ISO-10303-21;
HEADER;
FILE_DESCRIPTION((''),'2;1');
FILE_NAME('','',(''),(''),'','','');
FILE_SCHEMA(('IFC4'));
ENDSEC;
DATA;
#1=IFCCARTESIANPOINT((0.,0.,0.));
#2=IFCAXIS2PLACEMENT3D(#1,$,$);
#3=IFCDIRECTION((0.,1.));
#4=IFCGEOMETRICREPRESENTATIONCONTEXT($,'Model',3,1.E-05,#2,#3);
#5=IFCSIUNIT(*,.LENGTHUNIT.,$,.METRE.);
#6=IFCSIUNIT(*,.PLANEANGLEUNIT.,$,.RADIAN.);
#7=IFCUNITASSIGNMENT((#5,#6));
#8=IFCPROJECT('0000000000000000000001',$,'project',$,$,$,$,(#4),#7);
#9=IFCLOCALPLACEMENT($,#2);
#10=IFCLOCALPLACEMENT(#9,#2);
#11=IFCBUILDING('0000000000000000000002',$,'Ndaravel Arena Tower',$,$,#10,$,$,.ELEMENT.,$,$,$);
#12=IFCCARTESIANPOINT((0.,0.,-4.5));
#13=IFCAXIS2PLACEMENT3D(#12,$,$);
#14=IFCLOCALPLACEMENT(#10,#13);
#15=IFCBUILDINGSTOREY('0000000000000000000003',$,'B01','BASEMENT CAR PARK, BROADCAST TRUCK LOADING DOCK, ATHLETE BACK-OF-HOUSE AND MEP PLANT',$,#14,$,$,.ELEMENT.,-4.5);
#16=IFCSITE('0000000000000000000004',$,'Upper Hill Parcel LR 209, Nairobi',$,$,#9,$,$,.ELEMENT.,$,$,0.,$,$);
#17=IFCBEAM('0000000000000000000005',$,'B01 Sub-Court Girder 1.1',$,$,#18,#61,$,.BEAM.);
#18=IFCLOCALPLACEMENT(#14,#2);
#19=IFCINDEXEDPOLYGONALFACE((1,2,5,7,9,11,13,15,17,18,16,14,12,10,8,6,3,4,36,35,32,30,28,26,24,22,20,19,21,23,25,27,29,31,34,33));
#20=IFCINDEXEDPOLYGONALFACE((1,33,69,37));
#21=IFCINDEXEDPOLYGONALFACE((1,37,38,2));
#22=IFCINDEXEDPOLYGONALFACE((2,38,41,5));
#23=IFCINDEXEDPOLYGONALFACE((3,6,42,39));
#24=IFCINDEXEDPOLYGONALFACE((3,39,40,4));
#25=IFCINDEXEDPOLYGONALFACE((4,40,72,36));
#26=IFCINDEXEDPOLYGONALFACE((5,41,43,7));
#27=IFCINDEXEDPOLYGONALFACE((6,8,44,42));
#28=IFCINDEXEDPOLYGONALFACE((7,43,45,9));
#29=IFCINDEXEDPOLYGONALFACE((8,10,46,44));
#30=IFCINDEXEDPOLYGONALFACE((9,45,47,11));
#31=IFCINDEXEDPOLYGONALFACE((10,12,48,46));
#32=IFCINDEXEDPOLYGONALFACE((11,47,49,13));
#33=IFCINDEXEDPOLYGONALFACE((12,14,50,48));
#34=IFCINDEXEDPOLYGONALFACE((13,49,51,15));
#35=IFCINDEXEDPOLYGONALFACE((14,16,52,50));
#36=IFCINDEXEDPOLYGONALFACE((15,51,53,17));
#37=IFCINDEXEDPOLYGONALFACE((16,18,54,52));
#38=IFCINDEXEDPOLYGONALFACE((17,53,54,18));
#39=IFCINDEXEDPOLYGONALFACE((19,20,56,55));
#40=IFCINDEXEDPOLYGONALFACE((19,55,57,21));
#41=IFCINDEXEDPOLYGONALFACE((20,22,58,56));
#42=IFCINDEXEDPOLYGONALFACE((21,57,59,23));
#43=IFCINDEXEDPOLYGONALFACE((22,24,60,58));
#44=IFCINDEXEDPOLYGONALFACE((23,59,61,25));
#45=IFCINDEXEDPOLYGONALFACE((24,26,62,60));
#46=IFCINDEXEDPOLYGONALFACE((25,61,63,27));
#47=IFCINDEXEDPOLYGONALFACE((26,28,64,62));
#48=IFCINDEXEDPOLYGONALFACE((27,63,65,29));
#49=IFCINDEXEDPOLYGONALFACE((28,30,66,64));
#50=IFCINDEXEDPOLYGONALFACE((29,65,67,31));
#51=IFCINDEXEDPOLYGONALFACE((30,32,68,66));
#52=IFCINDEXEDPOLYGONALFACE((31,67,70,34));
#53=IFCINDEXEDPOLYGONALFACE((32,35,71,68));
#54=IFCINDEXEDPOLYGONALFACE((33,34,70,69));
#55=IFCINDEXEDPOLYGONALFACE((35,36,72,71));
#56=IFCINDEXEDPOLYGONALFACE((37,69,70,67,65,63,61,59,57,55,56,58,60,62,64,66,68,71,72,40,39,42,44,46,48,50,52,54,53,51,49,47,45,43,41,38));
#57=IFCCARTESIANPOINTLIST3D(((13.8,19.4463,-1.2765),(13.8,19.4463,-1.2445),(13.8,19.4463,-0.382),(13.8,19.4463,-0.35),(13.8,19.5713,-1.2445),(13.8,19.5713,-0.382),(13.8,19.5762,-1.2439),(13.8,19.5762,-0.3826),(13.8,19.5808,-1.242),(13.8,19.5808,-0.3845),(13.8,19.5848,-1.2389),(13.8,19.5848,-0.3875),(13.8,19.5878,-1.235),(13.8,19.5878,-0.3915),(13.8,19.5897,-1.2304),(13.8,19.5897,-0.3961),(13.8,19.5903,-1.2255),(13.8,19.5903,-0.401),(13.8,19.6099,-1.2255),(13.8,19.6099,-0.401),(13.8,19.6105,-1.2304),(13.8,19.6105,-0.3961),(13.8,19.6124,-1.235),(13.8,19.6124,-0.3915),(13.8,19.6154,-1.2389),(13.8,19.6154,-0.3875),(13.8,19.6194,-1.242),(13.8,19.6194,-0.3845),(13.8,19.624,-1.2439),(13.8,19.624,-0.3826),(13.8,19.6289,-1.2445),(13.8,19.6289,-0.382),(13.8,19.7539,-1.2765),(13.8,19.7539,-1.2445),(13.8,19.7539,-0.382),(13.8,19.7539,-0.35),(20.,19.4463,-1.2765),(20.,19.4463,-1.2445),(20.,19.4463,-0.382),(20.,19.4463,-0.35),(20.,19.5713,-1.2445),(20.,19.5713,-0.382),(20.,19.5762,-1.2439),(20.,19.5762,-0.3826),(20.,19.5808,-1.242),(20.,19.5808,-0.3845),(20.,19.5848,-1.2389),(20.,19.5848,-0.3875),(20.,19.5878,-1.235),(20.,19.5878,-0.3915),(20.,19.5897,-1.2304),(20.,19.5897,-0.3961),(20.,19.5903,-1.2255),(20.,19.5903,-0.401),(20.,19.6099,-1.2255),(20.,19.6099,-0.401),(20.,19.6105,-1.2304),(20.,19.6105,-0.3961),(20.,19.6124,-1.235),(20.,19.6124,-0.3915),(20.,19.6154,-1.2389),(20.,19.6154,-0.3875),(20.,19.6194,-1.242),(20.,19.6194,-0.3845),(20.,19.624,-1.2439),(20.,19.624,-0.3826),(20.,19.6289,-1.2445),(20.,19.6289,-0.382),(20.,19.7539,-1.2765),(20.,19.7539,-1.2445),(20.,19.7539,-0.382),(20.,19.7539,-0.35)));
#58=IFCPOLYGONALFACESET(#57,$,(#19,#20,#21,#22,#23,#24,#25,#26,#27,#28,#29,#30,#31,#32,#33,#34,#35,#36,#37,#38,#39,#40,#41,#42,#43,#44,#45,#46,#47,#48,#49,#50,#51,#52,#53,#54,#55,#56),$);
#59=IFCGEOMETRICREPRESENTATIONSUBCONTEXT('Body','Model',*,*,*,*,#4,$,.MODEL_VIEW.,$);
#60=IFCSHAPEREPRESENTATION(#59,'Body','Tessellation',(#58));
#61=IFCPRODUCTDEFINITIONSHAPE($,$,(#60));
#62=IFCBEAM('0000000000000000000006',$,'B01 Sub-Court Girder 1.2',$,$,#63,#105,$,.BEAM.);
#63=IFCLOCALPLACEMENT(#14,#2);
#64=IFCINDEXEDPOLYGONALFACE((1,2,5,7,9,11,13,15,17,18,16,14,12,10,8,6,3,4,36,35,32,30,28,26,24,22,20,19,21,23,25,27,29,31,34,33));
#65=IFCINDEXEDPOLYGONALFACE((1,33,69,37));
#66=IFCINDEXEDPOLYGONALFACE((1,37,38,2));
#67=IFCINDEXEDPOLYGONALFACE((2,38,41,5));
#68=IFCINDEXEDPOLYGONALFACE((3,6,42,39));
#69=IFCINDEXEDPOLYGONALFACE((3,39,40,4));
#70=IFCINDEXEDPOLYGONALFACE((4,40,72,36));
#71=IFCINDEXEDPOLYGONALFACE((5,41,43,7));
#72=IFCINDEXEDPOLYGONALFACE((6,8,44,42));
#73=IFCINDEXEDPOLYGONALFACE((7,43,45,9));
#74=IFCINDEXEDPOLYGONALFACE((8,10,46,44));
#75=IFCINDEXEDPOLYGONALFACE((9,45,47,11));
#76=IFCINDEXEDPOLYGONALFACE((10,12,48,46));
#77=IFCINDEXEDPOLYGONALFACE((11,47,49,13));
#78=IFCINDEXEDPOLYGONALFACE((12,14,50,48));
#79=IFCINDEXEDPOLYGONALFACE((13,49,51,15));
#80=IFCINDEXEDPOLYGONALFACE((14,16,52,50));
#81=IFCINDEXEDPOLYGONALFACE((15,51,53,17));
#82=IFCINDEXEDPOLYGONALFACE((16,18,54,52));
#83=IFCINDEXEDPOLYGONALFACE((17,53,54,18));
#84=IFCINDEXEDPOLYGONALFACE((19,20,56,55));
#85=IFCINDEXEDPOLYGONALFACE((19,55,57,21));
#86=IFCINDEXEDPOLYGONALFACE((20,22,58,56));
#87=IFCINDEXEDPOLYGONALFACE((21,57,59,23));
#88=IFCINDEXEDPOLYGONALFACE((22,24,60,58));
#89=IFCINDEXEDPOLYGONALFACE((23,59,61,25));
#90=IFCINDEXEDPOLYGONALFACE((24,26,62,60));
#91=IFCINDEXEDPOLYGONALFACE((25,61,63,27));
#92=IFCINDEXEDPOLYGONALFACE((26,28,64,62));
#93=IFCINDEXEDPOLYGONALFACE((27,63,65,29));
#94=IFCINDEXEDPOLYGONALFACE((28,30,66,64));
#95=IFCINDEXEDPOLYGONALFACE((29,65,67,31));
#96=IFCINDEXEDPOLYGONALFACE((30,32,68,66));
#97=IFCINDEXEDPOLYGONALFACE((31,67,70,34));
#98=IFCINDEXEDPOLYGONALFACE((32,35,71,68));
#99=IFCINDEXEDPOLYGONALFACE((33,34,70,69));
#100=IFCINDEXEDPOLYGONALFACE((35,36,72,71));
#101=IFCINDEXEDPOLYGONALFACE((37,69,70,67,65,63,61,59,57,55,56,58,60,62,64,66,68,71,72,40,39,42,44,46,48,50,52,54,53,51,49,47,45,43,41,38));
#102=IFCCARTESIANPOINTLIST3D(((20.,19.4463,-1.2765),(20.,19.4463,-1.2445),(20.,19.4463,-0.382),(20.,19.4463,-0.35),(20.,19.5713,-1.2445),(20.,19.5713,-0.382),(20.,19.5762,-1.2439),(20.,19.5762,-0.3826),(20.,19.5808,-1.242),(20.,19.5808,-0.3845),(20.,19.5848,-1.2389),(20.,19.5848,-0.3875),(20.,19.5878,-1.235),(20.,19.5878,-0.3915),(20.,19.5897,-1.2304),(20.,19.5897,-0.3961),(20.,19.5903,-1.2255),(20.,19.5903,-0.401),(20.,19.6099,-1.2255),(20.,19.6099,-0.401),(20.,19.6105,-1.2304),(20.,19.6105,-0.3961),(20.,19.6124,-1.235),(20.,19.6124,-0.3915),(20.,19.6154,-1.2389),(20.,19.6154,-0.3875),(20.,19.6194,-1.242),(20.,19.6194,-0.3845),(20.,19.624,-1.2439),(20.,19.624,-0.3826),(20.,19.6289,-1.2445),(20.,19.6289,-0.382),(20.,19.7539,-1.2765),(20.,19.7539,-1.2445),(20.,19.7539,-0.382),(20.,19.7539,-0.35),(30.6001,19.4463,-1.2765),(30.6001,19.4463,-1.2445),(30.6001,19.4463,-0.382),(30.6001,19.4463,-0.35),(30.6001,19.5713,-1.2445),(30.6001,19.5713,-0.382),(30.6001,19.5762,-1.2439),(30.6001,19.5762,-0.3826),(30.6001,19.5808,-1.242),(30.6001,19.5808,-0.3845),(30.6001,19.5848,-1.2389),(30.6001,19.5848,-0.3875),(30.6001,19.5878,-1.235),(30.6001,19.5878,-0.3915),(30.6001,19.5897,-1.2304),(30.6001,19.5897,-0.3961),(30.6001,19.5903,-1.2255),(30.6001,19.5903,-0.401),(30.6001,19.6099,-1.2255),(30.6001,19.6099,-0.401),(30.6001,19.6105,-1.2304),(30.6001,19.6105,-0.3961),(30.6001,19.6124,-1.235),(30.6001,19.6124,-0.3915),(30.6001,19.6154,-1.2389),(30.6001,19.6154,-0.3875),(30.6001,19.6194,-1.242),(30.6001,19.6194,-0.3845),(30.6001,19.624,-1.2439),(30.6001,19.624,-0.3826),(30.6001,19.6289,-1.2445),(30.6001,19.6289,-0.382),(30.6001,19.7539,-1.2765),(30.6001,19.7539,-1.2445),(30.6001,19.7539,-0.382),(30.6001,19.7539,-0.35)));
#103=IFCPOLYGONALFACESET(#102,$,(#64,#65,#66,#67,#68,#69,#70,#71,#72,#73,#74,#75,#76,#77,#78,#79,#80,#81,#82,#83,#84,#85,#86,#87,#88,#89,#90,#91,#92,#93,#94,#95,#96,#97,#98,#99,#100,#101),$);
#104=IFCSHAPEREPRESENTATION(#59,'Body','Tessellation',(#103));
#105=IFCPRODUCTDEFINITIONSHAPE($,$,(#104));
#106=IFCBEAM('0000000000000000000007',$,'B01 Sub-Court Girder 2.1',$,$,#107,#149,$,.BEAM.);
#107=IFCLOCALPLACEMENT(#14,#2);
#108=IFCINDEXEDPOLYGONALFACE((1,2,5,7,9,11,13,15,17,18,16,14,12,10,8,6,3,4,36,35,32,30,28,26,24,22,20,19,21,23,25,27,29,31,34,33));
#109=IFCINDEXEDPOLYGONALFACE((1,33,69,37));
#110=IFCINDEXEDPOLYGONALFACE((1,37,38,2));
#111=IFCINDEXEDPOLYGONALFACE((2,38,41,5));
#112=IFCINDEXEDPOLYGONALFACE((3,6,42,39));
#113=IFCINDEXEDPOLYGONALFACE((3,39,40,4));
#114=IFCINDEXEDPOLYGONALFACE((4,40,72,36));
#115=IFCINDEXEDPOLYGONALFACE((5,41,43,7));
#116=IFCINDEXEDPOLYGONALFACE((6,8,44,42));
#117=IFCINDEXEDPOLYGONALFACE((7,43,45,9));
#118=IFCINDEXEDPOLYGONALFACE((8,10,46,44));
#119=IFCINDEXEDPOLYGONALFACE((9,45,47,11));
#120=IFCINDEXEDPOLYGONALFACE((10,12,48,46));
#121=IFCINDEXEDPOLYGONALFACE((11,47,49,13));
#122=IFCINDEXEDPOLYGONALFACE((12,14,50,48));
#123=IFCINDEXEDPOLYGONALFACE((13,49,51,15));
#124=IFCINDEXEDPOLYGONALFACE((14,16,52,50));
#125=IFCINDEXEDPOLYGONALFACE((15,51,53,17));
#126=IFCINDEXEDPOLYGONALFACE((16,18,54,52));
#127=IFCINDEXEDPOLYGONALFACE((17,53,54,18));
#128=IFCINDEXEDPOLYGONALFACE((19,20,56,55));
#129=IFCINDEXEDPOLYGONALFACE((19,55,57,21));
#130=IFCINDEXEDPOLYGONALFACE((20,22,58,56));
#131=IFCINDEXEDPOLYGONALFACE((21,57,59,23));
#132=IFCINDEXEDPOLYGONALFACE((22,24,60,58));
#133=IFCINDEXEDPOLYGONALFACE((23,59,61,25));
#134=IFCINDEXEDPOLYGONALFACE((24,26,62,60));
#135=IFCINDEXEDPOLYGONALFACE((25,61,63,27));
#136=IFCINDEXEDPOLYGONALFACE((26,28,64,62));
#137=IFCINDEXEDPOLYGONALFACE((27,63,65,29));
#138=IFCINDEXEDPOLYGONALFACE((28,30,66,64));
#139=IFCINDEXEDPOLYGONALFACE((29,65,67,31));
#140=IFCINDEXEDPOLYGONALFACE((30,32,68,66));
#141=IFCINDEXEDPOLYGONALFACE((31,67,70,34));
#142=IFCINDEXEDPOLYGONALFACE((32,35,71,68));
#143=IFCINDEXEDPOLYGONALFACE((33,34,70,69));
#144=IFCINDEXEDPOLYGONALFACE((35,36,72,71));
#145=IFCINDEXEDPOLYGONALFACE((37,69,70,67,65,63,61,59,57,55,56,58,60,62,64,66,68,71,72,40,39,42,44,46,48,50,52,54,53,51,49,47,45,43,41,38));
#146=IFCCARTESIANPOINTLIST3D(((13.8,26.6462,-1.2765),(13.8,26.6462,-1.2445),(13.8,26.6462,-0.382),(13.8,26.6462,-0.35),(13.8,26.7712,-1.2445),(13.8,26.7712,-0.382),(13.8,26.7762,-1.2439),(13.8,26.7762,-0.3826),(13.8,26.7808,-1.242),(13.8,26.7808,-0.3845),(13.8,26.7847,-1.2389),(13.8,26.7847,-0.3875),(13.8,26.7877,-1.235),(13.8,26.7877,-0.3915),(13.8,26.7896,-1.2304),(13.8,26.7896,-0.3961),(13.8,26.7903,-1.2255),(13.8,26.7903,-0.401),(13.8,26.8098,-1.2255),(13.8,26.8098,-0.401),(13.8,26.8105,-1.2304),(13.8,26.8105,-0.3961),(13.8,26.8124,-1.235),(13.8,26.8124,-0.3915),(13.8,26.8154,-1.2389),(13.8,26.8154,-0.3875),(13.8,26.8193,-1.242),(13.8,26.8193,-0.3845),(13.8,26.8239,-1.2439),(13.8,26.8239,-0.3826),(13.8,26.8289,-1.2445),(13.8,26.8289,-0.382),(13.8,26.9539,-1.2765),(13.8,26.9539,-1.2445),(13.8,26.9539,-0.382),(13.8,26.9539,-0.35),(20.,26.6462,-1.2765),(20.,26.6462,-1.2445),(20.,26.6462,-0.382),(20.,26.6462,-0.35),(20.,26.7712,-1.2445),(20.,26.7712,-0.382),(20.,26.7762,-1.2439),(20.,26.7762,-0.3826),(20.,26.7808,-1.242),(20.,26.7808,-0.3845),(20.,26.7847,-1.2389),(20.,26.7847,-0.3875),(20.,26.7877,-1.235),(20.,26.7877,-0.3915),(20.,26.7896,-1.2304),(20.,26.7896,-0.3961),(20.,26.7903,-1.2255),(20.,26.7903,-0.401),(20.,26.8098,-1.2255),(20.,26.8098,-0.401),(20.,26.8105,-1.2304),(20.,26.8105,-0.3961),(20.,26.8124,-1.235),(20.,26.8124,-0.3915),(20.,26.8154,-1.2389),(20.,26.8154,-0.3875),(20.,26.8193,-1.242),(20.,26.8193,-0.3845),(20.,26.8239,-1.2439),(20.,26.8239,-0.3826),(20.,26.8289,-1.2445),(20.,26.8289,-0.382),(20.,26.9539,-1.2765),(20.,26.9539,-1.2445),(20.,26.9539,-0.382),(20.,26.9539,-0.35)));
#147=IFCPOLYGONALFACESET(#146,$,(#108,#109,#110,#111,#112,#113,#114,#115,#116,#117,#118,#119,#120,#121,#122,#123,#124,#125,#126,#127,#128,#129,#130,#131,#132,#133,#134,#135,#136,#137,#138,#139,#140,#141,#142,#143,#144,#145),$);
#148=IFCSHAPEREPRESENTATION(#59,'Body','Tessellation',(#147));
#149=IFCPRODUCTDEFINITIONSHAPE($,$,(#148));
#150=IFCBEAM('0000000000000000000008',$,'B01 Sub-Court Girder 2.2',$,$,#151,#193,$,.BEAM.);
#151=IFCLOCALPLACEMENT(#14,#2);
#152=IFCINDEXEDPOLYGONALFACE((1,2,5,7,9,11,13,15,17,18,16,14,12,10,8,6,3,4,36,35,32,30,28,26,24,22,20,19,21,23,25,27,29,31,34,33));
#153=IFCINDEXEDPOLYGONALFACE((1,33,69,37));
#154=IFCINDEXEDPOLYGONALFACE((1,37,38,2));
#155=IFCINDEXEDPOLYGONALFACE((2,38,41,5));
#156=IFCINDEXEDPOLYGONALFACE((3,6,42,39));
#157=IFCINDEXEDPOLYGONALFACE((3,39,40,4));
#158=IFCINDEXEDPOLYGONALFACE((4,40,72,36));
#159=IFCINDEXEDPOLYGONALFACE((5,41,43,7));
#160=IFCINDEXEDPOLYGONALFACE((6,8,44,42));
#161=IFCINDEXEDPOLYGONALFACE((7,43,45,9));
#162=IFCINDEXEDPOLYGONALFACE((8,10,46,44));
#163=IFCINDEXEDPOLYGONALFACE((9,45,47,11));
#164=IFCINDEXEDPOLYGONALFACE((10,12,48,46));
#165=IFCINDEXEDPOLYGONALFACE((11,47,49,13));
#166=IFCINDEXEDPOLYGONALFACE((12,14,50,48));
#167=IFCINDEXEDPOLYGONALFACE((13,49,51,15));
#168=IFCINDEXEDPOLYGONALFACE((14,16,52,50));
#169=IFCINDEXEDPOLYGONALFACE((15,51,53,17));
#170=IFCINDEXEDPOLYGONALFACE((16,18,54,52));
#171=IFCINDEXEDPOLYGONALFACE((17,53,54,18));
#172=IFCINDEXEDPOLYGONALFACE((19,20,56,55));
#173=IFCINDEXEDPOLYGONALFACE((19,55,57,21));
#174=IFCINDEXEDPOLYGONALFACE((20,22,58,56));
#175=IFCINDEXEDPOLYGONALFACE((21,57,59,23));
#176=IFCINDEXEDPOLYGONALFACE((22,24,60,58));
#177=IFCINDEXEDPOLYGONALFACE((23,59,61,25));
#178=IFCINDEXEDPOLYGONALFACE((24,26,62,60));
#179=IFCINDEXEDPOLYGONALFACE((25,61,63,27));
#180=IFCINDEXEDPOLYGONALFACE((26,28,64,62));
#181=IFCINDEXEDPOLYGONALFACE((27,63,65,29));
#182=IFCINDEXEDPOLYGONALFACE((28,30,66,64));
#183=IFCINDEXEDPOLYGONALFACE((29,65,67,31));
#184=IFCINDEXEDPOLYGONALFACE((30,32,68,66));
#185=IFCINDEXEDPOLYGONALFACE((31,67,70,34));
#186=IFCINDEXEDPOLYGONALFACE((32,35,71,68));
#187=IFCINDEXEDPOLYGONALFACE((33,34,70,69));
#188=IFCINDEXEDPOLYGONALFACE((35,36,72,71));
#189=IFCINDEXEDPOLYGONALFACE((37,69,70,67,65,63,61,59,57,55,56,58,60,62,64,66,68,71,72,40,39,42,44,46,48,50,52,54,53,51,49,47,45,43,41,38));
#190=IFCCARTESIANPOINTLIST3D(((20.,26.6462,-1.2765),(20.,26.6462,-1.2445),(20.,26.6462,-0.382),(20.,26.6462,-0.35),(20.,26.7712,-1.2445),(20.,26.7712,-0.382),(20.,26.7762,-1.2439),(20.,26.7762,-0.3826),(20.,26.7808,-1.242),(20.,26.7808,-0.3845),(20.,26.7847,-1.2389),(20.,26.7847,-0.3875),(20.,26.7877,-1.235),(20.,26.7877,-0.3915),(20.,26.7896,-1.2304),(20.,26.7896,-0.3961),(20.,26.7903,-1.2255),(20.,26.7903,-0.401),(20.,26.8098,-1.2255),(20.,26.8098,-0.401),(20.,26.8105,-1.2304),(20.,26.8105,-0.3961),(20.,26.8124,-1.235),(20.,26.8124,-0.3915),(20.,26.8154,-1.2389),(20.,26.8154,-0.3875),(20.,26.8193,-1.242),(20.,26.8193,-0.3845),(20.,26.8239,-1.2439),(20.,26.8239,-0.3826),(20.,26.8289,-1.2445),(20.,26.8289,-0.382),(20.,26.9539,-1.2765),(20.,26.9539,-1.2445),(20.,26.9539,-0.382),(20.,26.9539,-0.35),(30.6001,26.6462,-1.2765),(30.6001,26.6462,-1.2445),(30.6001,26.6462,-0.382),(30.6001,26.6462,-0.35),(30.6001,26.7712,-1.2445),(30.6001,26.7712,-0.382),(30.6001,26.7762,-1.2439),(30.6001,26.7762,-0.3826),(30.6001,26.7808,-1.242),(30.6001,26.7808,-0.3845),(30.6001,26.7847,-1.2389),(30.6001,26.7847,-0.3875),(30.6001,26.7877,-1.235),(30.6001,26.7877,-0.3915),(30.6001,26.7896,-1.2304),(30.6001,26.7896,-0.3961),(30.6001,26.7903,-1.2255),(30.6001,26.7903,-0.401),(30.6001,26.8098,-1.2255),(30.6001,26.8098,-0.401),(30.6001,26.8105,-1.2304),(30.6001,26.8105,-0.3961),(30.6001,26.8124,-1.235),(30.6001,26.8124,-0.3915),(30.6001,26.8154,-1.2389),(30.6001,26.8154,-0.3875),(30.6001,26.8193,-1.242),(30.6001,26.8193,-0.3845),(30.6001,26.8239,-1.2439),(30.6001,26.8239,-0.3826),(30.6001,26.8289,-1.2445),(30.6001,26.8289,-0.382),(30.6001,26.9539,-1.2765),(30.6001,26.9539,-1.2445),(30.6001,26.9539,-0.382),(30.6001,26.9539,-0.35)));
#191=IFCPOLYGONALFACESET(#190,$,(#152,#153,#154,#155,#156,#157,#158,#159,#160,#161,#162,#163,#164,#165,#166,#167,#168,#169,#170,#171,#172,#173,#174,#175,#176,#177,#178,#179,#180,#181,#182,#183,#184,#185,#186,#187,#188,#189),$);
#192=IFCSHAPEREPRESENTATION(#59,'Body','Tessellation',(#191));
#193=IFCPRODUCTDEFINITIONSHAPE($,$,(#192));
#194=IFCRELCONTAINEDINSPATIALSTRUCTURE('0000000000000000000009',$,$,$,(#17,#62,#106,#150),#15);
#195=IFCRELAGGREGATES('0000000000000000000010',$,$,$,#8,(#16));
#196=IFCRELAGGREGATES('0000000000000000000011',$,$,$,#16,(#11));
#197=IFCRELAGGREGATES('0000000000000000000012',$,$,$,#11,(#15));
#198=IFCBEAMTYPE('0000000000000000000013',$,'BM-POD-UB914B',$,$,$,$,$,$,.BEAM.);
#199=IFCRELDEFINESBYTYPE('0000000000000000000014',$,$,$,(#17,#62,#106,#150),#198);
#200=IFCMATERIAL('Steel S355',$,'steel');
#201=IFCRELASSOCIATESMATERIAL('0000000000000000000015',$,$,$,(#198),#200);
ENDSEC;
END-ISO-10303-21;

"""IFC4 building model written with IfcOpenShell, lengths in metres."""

from ifc_helpers import new_model, si_unit, direction, frame, origin, origin_2d, place, context, subcontext, project, spatial, i_section, extrude, material, material_profile, profile_set, type_object, element, save


model = new_model("IFC4")

# Units and contexts
model_context = context("Model", 3, precision=1e-05, world=origin(), true_north=direction((0.0, 1.0)))
body_context = subcontext(model_context, "Body", "Model", "MODEL_VIEW")
ifc_project = project(units=[si_unit("LENGTHUNIT", "METRE"), si_unit("PLANEANGLEUNIT", "RADIAN")], contexts=[model_context])

# Site, building, storey
site_placement = place(None, origin())
site = spatial("IfcSite", under=ifc_project, at=site_placement, Name="Upper Hill Parcel LR 209, Nairobi", CompositionType="ELEMENT", RefElevation=0.0)
building_placement = place(site_placement, origin())
building = spatial("IfcBuilding", under=site, at=building_placement, Name="Ndaravel Arena Tower", CompositionType="ELEMENT")
storey_placement = place(building_placement, frame((0.0, 0.0, -4.5)))
storey = spatial("IfcBuildingStorey", under=building, at=storey_placement, Name="B01", Description="BASEMENT CAR PARK, BROADCAST TRUCK LOADING DOCK, ATHLETE BACK-OF-HOUSE AND MEP PLANT", CompositionType="ELEMENT", Elevation=-4.5)

# Beams
ifc_material_1 = material(Name="Steel S355", Category="steel")
ifc_material_profile_1 = material_profile(ifc_material_1, i_section(OverallWidth=0.3076, OverallDepth=0.9265, WebThickness=0.0195, FlangeThickness=0.032, FilletRadius=0.019, at=origin_2d()), Name="UB 914x305x289")
ifc_profile_set_1 = profile_set([ifc_material_profile_1], Name="Steel S355")
beam_type_1 = type_object("IfcBeamType", Name="BM-POD-UB914B", PredefinedType="BEAM", material=ifc_profile_set_1)
beam_1_placement = place(storey_placement, frame((13.8, 19.6001, -0.8132), z_axis=(1.0, 0.0, 0.0), x_axis=(0.0, 1.0, 0.0)))
element("IfcBeam", 1, at=beam_1_placement, inside=storey, type_object=beam_type_1, Name="B01 Sub-Court Girder 1.1", PredefinedType="BEAM", context=body_context, shape_type="SweptSolid", body=[
    extrude(i_section(OverallWidth=0.3076, OverallDepth=0.9265, WebThickness=0.0195, FlangeThickness=0.032, FilletRadius=0.019, at=origin_2d()), origin(), (0.0, 0.0, 1.0), 6.2),
])
beam_2_placement = place(storey_placement, frame((20.0, 19.6001, -0.8132), z_axis=(1.0, 0.0, 0.0), x_axis=(0.0, 1.0, 0.0)))
element("IfcBeam", 2, at=beam_2_placement, inside=storey, type_object=beam_type_1, Name="B01 Sub-Court Girder 1.2", PredefinedType="BEAM", context=body_context, shape_type="SweptSolid", body=[
    extrude(i_section(OverallWidth=0.3076, OverallDepth=0.9265, WebThickness=0.0195, FlangeThickness=0.032, FilletRadius=0.019, at=origin_2d()), origin(), (0.0, 0.0, 1.0), 10.6001),
])
beam_3_placement = place(storey_placement, frame((13.8, 26.8, -0.8132), z_axis=(1.0, 0.0, 0.0), x_axis=(0.0, 1.0, 0.0)))
element("IfcBeam", 3, at=beam_3_placement, inside=storey, type_object=beam_type_1, Name="B01 Sub-Court Girder 2.1", PredefinedType="BEAM", context=body_context, shape_type="SweptSolid", body=[
    extrude(i_section(OverallWidth=0.3076, OverallDepth=0.9265, WebThickness=0.0195, FlangeThickness=0.032, FilletRadius=0.019, at=origin_2d()), origin(), (0.0, 0.0, 1.0), 6.2),
])
beam_4_placement = place(storey_placement, frame((20.0, 26.8, -0.8132), z_axis=(1.0, 0.0, 0.0), x_axis=(0.0, 1.0, 0.0)))
element("IfcBeam", 4, at=beam_4_placement, inside=storey, type_object=beam_type_1, Name="B01 Sub-Court Girder 2.2", PredefinedType="BEAM", context=body_context, shape_type="SweptSolid", body=[
    extrude(i_section(OverallWidth=0.3076, OverallDepth=0.9265, WebThickness=0.0195, FlangeThickness=0.032, FilletRadius=0.019, at=origin_2d()), origin(), (0.0, 0.0, 1.0), 10.6001),
])

save(model, "model.ifc")
